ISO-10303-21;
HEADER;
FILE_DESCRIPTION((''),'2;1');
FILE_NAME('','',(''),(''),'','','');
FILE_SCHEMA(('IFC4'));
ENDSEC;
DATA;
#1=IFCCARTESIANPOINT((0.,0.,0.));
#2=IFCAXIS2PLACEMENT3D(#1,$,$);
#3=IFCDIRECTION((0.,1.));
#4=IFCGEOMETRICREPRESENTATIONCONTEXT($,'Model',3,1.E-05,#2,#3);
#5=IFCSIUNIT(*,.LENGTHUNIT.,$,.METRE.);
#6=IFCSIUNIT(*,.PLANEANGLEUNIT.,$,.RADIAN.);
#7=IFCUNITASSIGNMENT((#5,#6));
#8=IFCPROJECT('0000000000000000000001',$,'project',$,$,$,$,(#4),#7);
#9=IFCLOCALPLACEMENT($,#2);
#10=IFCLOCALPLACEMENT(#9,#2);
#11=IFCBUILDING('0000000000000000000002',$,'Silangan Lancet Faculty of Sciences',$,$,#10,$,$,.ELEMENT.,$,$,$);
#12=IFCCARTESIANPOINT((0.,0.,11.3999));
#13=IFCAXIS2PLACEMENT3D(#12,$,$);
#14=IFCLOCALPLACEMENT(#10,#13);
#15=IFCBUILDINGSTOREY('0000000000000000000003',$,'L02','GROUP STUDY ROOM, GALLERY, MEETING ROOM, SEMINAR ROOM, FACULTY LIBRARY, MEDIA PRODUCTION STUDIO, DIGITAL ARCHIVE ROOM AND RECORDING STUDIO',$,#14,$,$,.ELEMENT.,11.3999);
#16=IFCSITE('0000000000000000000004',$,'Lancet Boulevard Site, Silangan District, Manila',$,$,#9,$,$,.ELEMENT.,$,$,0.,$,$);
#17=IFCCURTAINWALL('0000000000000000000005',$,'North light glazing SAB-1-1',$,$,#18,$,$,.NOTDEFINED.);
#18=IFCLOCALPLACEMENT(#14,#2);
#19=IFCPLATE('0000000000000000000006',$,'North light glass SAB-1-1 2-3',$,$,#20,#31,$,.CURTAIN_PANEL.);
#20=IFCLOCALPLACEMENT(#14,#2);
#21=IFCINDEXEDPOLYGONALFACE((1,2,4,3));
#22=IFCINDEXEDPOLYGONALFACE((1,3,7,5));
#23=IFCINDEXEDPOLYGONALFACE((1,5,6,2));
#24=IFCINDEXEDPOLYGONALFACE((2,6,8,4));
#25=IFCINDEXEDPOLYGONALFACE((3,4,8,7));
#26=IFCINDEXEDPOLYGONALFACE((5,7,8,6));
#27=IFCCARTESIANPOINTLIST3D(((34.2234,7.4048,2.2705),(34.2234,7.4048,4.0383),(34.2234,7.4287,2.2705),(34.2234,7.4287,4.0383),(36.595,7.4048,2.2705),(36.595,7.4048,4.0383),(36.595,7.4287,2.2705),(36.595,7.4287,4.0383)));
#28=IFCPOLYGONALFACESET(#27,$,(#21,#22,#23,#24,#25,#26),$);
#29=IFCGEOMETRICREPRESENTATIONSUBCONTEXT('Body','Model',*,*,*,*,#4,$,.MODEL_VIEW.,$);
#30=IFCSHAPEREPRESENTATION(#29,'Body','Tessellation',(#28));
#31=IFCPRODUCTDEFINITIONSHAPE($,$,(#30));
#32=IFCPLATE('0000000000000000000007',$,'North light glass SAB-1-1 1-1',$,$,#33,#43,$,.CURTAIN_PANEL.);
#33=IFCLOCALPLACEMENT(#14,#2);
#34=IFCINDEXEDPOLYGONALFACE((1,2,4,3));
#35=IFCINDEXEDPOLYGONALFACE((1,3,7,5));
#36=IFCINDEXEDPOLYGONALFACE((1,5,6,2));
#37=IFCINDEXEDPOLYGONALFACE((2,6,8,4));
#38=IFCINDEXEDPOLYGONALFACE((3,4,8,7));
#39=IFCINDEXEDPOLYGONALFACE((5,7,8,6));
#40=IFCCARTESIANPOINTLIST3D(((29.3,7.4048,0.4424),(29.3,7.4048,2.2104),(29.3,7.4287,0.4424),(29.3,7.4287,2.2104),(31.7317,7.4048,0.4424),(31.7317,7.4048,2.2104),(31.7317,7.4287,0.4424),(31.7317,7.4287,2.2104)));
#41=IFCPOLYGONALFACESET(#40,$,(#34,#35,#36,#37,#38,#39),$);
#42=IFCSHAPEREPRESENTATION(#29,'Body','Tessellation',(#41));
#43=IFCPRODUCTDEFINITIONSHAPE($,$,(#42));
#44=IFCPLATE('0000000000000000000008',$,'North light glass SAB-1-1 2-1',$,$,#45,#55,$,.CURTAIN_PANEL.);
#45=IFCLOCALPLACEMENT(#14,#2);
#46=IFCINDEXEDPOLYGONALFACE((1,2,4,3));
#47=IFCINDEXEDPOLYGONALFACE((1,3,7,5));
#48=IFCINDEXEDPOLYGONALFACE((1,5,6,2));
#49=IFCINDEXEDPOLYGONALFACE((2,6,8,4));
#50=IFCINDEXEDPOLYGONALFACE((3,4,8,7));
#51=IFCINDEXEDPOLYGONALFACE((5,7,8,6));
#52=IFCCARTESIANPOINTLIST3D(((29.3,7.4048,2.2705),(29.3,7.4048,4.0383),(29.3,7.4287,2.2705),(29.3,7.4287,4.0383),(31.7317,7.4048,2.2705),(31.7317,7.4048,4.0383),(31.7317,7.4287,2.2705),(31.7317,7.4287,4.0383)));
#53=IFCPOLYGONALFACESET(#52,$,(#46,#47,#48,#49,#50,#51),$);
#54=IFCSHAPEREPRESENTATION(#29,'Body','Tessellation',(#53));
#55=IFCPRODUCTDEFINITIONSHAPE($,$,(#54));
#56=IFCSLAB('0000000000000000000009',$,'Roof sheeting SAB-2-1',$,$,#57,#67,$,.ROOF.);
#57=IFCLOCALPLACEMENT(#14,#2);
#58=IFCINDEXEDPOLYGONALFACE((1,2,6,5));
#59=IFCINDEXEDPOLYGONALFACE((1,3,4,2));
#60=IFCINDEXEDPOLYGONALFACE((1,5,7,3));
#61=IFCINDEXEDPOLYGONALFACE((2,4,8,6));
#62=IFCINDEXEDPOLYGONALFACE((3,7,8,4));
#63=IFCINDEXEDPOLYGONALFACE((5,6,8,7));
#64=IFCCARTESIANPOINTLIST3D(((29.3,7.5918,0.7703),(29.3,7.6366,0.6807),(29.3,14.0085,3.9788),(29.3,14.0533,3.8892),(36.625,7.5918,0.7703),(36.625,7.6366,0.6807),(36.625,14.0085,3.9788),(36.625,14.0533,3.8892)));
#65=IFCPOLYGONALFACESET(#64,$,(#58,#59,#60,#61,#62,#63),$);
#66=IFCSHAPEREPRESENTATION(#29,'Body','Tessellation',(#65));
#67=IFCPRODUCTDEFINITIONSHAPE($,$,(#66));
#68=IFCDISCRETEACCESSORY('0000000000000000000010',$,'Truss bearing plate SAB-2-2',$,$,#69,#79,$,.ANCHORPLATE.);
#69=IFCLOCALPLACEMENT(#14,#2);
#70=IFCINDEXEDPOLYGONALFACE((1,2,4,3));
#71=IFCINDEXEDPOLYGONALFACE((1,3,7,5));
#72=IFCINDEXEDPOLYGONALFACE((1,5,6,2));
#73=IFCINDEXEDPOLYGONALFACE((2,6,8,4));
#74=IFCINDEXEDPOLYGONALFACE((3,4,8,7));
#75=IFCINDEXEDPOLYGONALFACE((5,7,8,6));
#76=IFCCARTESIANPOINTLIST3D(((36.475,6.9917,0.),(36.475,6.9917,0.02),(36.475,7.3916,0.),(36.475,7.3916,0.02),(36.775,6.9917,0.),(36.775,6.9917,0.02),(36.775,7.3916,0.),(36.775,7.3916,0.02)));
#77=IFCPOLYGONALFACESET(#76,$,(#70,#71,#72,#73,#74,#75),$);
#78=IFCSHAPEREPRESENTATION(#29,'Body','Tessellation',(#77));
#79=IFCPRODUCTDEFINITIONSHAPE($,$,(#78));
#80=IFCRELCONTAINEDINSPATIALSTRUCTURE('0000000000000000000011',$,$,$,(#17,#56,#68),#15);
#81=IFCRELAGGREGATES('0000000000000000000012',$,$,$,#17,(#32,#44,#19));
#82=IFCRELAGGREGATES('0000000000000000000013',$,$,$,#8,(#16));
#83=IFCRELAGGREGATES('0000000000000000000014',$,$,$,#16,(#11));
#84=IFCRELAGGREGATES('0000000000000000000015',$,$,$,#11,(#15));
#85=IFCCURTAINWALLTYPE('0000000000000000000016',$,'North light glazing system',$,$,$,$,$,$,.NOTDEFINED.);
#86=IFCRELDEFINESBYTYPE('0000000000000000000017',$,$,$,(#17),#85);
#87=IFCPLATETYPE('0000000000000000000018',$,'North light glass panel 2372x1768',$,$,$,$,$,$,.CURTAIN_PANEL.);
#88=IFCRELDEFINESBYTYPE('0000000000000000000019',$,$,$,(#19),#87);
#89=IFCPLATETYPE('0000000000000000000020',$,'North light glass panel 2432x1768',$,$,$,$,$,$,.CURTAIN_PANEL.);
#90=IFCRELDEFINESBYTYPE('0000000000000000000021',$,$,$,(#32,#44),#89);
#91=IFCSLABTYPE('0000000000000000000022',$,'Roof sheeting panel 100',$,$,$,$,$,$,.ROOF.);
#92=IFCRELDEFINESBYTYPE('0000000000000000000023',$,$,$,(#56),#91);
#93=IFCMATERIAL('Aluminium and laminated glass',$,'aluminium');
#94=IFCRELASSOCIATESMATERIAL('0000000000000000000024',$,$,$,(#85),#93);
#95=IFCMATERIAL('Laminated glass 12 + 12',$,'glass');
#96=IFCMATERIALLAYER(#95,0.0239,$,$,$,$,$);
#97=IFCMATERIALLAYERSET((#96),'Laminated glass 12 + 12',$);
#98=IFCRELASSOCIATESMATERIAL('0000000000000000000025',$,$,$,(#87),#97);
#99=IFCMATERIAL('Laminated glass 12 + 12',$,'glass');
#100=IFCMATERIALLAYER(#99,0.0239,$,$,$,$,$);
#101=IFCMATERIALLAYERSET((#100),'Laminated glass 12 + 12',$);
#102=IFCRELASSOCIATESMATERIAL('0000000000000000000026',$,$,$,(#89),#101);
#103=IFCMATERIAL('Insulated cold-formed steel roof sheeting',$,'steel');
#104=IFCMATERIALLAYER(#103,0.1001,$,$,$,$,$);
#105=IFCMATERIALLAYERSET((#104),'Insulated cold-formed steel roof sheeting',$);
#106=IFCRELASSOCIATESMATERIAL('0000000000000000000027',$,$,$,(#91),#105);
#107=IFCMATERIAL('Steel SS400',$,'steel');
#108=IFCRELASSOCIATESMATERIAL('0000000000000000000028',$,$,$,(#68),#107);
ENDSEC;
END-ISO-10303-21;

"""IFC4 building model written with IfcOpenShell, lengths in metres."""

from ifc_helpers import new_model, si_unit, direction, frame, origin, origin_2d, place, context, subcontext, project, spatial, polyline, rectangle, outline, extrude, material, layer, layer_set, type_object, element, aggregate, save


model = new_model("IFC4")

# Units and contexts
model_context = context("Model", 3, precision=1e-05, world=origin(), true_north=direction((0.0, 1.0)))
body_context = subcontext(model_context, "Body", "Model", "MODEL_VIEW")
ifc_project = project(units=[si_unit("LENGTHUNIT", "METRE"), si_unit("PLANEANGLEUNIT", "RADIAN")], contexts=[model_context])

# Site, building, storey
site_placement = place(None, origin())
site = spatial("IfcSite", under=ifc_project, at=site_placement, Name="Lancet Boulevard Site, Silangan District, Manila", CompositionType="ELEMENT", RefElevation=0.0)
building_placement = place(site_placement, origin())
building = spatial("IfcBuilding", under=site, at=building_placement, Name="Silangan Lancet Faculty of Sciences", CompositionType="ELEMENT")
storey_placement = place(building_placement, frame((0.0, 0.0, 11.3999)))
storey = spatial("IfcBuildingStorey", under=building, at=storey_placement, Name="L02", Description="GROUP STUDY ROOM, GALLERY, MEETING ROOM, SEMINAR ROOM, FACULTY LIBRARY, MEDIA PRODUCTION STUDIO, DIGITAL ARCHIVE ROOM AND RECORDING STUDIO", CompositionType="ELEMENT", Elevation=11.3999)

# Curtain wall
ifc_material_1 = material(Name="Aluminium and laminated glass", Category="aluminium")
curtain_wall_type = type_object("IfcCurtainWallType", Name="North light glazing system", PredefinedType="NOTDEFINED", material=ifc_material_1)
curtain_wall_placement = place(storey_placement, origin())
curtain_wall = element("IfcCurtainWall", 1, at=curtain_wall_placement, inside=storey, type_object=curtain_wall_type, Name="North light glazing SAB-1-1", PredefinedType="NOTDEFINED")

# Plates
ifc_material_2 = material(Name="Laminated glass 12 + 12", Category="glass")
ifc_layer_1 = layer(ifc_material_2, 0.0239)
ifc_layer_set_1 = layer_set([ifc_layer_1], Name="Laminated glass 12 + 12")
plate_type_1 = type_object("IfcPlateType", Name="North light glass panel 2372x1768", PredefinedType="CURTAIN_PANEL", material=ifc_layer_set_1)
plate_1_placement = place(storey_placement, frame((34.2234, 7.4048, 2.2705), z_axis=(0.0, -1.0, 0.0), x_axis=(1.0, 0.0, 0.0)))
plate_1 = element("IfcPlate", 2, at=plate_1_placement, type_object=plate_type_1, Name="North light glass SAB-1-1 2-3", PredefinedType="CURTAIN_PANEL", context=body_context, shape_type="SweptSolid", body=[
    extrude(outline(polyline([(0.0, 0.0), (2.3716, 0.0), (2.3716, 1.7678), (0.0, 1.7678), (0.0, 0.0)])), origin(), (0.0, 0.0, -1.0), 0.0239),
])
ifc_material_3 = material(Name="Laminated glass 12 + 12", Category="glass")
ifc_layer_2 = layer(ifc_material_3, 0.0239)
ifc_layer_set_2 = layer_set([ifc_layer_2], Name="Laminated glass 12 + 12")
plate_type_2 = type_object("IfcPlateType", Name="North light glass panel 2432x1768", PredefinedType="CURTAIN_PANEL", material=ifc_layer_set_2)
plate_2_placement = place(storey_placement, frame((29.3, 7.4048, 0.4424), z_axis=(0.0, -1.0, 0.0), x_axis=(1.0, 0.0, 0.0)))
plate_2 = element("IfcPlate", 3, at=plate_2_placement, type_object=plate_type_2, Name="North light glass SAB-1-1 1-1", PredefinedType="CURTAIN_PANEL", context=body_context, shape_type="SweptSolid", body=[
    extrude(outline(polyline([(0.0, 0.0), (2.4316, 0.0), (2.4316, 1.7681), (0.0, 1.7681), (0.0, 0.0)])), origin(), (0.0, 0.0, -1.0), 0.0239),
])
plate_3_placement = place(storey_placement, frame((29.3, 7.4048, 2.2705), z_axis=(0.0, -1.0, 0.0), x_axis=(1.0, 0.0, 0.0)))
plate_3 = element("IfcPlate", 4, at=plate_3_placement, type_object=plate_type_2, Name="North light glass SAB-1-1 2-1", PredefinedType="CURTAIN_PANEL", context=body_context, shape_type="SweptSolid", body=[
    extrude(outline(polyline([(0.0, 0.0), (2.4316, 0.0), (2.4316, 1.7678), (0.0, 1.7678), (0.0, 0.0)])), origin(), (0.0, 0.0, -1.0), 0.0239),
])
aggregate(curtain_wall, [plate_2, plate_3, plate_1])

# Slab
ifc_material_4 = material(Name="Insulated cold-formed steel roof sheeting", Category="steel")
ifc_layer_3 = layer(ifc_material_4, 0.1001)
ifc_layer_set_3 = layer_set([ifc_layer_3], Name="Insulated cold-formed steel roof sheeting")
slab_type = type_object("IfcSlabType", Name="Roof sheeting panel 100", PredefinedType="ROOF", material=ifc_layer_set_3)
slab_placement = place(storey_placement, frame((29.3, 7.5918, 0.7703), z_axis=(0.0, -0.447227, 0.89442), x_axis=(1.0, 0.0, 0.0)))
element("IfcSlab", 5, at=slab_placement, inside=storey, type_object=slab_type, Name="Roof sheeting SAB-2-1", PredefinedType="ROOF", context=body_context, shape_type="SweptSolid", body=[
    extrude(outline(polyline([(0.0, 0.0), (7.325, 0.0), (7.325, 7.1742), (0.0, 7.1742), (0.0, 0.0)])), origin(), (0.0, 0.0, -1.0), 0.1001),
])

# Discrete accessory
ifc_material_5 = material(Name="Steel SS400", Category="steel")
discrete_accessory_placement = place(storey_placement, frame((36.625, 7.1917, 0.0), z_axis=(0.0, 0.0, 1.0), x_axis=(1.0, 0.0, 0.0)))
element("IfcDiscreteAccessory", 6, at=discrete_accessory_placement, inside=storey, material=ifc_material_5, Name="Truss bearing plate SAB-2-2", PredefinedType="ANCHORPLATE", context=body_context, shape_type="SweptSolid", body=[
    extrude(rectangle(XDim=0.3, YDim=0.3999, at=origin_2d()), origin(), (0.0, 0.0, 1.0), 0.02),
])

save(model, "model.ifc")
